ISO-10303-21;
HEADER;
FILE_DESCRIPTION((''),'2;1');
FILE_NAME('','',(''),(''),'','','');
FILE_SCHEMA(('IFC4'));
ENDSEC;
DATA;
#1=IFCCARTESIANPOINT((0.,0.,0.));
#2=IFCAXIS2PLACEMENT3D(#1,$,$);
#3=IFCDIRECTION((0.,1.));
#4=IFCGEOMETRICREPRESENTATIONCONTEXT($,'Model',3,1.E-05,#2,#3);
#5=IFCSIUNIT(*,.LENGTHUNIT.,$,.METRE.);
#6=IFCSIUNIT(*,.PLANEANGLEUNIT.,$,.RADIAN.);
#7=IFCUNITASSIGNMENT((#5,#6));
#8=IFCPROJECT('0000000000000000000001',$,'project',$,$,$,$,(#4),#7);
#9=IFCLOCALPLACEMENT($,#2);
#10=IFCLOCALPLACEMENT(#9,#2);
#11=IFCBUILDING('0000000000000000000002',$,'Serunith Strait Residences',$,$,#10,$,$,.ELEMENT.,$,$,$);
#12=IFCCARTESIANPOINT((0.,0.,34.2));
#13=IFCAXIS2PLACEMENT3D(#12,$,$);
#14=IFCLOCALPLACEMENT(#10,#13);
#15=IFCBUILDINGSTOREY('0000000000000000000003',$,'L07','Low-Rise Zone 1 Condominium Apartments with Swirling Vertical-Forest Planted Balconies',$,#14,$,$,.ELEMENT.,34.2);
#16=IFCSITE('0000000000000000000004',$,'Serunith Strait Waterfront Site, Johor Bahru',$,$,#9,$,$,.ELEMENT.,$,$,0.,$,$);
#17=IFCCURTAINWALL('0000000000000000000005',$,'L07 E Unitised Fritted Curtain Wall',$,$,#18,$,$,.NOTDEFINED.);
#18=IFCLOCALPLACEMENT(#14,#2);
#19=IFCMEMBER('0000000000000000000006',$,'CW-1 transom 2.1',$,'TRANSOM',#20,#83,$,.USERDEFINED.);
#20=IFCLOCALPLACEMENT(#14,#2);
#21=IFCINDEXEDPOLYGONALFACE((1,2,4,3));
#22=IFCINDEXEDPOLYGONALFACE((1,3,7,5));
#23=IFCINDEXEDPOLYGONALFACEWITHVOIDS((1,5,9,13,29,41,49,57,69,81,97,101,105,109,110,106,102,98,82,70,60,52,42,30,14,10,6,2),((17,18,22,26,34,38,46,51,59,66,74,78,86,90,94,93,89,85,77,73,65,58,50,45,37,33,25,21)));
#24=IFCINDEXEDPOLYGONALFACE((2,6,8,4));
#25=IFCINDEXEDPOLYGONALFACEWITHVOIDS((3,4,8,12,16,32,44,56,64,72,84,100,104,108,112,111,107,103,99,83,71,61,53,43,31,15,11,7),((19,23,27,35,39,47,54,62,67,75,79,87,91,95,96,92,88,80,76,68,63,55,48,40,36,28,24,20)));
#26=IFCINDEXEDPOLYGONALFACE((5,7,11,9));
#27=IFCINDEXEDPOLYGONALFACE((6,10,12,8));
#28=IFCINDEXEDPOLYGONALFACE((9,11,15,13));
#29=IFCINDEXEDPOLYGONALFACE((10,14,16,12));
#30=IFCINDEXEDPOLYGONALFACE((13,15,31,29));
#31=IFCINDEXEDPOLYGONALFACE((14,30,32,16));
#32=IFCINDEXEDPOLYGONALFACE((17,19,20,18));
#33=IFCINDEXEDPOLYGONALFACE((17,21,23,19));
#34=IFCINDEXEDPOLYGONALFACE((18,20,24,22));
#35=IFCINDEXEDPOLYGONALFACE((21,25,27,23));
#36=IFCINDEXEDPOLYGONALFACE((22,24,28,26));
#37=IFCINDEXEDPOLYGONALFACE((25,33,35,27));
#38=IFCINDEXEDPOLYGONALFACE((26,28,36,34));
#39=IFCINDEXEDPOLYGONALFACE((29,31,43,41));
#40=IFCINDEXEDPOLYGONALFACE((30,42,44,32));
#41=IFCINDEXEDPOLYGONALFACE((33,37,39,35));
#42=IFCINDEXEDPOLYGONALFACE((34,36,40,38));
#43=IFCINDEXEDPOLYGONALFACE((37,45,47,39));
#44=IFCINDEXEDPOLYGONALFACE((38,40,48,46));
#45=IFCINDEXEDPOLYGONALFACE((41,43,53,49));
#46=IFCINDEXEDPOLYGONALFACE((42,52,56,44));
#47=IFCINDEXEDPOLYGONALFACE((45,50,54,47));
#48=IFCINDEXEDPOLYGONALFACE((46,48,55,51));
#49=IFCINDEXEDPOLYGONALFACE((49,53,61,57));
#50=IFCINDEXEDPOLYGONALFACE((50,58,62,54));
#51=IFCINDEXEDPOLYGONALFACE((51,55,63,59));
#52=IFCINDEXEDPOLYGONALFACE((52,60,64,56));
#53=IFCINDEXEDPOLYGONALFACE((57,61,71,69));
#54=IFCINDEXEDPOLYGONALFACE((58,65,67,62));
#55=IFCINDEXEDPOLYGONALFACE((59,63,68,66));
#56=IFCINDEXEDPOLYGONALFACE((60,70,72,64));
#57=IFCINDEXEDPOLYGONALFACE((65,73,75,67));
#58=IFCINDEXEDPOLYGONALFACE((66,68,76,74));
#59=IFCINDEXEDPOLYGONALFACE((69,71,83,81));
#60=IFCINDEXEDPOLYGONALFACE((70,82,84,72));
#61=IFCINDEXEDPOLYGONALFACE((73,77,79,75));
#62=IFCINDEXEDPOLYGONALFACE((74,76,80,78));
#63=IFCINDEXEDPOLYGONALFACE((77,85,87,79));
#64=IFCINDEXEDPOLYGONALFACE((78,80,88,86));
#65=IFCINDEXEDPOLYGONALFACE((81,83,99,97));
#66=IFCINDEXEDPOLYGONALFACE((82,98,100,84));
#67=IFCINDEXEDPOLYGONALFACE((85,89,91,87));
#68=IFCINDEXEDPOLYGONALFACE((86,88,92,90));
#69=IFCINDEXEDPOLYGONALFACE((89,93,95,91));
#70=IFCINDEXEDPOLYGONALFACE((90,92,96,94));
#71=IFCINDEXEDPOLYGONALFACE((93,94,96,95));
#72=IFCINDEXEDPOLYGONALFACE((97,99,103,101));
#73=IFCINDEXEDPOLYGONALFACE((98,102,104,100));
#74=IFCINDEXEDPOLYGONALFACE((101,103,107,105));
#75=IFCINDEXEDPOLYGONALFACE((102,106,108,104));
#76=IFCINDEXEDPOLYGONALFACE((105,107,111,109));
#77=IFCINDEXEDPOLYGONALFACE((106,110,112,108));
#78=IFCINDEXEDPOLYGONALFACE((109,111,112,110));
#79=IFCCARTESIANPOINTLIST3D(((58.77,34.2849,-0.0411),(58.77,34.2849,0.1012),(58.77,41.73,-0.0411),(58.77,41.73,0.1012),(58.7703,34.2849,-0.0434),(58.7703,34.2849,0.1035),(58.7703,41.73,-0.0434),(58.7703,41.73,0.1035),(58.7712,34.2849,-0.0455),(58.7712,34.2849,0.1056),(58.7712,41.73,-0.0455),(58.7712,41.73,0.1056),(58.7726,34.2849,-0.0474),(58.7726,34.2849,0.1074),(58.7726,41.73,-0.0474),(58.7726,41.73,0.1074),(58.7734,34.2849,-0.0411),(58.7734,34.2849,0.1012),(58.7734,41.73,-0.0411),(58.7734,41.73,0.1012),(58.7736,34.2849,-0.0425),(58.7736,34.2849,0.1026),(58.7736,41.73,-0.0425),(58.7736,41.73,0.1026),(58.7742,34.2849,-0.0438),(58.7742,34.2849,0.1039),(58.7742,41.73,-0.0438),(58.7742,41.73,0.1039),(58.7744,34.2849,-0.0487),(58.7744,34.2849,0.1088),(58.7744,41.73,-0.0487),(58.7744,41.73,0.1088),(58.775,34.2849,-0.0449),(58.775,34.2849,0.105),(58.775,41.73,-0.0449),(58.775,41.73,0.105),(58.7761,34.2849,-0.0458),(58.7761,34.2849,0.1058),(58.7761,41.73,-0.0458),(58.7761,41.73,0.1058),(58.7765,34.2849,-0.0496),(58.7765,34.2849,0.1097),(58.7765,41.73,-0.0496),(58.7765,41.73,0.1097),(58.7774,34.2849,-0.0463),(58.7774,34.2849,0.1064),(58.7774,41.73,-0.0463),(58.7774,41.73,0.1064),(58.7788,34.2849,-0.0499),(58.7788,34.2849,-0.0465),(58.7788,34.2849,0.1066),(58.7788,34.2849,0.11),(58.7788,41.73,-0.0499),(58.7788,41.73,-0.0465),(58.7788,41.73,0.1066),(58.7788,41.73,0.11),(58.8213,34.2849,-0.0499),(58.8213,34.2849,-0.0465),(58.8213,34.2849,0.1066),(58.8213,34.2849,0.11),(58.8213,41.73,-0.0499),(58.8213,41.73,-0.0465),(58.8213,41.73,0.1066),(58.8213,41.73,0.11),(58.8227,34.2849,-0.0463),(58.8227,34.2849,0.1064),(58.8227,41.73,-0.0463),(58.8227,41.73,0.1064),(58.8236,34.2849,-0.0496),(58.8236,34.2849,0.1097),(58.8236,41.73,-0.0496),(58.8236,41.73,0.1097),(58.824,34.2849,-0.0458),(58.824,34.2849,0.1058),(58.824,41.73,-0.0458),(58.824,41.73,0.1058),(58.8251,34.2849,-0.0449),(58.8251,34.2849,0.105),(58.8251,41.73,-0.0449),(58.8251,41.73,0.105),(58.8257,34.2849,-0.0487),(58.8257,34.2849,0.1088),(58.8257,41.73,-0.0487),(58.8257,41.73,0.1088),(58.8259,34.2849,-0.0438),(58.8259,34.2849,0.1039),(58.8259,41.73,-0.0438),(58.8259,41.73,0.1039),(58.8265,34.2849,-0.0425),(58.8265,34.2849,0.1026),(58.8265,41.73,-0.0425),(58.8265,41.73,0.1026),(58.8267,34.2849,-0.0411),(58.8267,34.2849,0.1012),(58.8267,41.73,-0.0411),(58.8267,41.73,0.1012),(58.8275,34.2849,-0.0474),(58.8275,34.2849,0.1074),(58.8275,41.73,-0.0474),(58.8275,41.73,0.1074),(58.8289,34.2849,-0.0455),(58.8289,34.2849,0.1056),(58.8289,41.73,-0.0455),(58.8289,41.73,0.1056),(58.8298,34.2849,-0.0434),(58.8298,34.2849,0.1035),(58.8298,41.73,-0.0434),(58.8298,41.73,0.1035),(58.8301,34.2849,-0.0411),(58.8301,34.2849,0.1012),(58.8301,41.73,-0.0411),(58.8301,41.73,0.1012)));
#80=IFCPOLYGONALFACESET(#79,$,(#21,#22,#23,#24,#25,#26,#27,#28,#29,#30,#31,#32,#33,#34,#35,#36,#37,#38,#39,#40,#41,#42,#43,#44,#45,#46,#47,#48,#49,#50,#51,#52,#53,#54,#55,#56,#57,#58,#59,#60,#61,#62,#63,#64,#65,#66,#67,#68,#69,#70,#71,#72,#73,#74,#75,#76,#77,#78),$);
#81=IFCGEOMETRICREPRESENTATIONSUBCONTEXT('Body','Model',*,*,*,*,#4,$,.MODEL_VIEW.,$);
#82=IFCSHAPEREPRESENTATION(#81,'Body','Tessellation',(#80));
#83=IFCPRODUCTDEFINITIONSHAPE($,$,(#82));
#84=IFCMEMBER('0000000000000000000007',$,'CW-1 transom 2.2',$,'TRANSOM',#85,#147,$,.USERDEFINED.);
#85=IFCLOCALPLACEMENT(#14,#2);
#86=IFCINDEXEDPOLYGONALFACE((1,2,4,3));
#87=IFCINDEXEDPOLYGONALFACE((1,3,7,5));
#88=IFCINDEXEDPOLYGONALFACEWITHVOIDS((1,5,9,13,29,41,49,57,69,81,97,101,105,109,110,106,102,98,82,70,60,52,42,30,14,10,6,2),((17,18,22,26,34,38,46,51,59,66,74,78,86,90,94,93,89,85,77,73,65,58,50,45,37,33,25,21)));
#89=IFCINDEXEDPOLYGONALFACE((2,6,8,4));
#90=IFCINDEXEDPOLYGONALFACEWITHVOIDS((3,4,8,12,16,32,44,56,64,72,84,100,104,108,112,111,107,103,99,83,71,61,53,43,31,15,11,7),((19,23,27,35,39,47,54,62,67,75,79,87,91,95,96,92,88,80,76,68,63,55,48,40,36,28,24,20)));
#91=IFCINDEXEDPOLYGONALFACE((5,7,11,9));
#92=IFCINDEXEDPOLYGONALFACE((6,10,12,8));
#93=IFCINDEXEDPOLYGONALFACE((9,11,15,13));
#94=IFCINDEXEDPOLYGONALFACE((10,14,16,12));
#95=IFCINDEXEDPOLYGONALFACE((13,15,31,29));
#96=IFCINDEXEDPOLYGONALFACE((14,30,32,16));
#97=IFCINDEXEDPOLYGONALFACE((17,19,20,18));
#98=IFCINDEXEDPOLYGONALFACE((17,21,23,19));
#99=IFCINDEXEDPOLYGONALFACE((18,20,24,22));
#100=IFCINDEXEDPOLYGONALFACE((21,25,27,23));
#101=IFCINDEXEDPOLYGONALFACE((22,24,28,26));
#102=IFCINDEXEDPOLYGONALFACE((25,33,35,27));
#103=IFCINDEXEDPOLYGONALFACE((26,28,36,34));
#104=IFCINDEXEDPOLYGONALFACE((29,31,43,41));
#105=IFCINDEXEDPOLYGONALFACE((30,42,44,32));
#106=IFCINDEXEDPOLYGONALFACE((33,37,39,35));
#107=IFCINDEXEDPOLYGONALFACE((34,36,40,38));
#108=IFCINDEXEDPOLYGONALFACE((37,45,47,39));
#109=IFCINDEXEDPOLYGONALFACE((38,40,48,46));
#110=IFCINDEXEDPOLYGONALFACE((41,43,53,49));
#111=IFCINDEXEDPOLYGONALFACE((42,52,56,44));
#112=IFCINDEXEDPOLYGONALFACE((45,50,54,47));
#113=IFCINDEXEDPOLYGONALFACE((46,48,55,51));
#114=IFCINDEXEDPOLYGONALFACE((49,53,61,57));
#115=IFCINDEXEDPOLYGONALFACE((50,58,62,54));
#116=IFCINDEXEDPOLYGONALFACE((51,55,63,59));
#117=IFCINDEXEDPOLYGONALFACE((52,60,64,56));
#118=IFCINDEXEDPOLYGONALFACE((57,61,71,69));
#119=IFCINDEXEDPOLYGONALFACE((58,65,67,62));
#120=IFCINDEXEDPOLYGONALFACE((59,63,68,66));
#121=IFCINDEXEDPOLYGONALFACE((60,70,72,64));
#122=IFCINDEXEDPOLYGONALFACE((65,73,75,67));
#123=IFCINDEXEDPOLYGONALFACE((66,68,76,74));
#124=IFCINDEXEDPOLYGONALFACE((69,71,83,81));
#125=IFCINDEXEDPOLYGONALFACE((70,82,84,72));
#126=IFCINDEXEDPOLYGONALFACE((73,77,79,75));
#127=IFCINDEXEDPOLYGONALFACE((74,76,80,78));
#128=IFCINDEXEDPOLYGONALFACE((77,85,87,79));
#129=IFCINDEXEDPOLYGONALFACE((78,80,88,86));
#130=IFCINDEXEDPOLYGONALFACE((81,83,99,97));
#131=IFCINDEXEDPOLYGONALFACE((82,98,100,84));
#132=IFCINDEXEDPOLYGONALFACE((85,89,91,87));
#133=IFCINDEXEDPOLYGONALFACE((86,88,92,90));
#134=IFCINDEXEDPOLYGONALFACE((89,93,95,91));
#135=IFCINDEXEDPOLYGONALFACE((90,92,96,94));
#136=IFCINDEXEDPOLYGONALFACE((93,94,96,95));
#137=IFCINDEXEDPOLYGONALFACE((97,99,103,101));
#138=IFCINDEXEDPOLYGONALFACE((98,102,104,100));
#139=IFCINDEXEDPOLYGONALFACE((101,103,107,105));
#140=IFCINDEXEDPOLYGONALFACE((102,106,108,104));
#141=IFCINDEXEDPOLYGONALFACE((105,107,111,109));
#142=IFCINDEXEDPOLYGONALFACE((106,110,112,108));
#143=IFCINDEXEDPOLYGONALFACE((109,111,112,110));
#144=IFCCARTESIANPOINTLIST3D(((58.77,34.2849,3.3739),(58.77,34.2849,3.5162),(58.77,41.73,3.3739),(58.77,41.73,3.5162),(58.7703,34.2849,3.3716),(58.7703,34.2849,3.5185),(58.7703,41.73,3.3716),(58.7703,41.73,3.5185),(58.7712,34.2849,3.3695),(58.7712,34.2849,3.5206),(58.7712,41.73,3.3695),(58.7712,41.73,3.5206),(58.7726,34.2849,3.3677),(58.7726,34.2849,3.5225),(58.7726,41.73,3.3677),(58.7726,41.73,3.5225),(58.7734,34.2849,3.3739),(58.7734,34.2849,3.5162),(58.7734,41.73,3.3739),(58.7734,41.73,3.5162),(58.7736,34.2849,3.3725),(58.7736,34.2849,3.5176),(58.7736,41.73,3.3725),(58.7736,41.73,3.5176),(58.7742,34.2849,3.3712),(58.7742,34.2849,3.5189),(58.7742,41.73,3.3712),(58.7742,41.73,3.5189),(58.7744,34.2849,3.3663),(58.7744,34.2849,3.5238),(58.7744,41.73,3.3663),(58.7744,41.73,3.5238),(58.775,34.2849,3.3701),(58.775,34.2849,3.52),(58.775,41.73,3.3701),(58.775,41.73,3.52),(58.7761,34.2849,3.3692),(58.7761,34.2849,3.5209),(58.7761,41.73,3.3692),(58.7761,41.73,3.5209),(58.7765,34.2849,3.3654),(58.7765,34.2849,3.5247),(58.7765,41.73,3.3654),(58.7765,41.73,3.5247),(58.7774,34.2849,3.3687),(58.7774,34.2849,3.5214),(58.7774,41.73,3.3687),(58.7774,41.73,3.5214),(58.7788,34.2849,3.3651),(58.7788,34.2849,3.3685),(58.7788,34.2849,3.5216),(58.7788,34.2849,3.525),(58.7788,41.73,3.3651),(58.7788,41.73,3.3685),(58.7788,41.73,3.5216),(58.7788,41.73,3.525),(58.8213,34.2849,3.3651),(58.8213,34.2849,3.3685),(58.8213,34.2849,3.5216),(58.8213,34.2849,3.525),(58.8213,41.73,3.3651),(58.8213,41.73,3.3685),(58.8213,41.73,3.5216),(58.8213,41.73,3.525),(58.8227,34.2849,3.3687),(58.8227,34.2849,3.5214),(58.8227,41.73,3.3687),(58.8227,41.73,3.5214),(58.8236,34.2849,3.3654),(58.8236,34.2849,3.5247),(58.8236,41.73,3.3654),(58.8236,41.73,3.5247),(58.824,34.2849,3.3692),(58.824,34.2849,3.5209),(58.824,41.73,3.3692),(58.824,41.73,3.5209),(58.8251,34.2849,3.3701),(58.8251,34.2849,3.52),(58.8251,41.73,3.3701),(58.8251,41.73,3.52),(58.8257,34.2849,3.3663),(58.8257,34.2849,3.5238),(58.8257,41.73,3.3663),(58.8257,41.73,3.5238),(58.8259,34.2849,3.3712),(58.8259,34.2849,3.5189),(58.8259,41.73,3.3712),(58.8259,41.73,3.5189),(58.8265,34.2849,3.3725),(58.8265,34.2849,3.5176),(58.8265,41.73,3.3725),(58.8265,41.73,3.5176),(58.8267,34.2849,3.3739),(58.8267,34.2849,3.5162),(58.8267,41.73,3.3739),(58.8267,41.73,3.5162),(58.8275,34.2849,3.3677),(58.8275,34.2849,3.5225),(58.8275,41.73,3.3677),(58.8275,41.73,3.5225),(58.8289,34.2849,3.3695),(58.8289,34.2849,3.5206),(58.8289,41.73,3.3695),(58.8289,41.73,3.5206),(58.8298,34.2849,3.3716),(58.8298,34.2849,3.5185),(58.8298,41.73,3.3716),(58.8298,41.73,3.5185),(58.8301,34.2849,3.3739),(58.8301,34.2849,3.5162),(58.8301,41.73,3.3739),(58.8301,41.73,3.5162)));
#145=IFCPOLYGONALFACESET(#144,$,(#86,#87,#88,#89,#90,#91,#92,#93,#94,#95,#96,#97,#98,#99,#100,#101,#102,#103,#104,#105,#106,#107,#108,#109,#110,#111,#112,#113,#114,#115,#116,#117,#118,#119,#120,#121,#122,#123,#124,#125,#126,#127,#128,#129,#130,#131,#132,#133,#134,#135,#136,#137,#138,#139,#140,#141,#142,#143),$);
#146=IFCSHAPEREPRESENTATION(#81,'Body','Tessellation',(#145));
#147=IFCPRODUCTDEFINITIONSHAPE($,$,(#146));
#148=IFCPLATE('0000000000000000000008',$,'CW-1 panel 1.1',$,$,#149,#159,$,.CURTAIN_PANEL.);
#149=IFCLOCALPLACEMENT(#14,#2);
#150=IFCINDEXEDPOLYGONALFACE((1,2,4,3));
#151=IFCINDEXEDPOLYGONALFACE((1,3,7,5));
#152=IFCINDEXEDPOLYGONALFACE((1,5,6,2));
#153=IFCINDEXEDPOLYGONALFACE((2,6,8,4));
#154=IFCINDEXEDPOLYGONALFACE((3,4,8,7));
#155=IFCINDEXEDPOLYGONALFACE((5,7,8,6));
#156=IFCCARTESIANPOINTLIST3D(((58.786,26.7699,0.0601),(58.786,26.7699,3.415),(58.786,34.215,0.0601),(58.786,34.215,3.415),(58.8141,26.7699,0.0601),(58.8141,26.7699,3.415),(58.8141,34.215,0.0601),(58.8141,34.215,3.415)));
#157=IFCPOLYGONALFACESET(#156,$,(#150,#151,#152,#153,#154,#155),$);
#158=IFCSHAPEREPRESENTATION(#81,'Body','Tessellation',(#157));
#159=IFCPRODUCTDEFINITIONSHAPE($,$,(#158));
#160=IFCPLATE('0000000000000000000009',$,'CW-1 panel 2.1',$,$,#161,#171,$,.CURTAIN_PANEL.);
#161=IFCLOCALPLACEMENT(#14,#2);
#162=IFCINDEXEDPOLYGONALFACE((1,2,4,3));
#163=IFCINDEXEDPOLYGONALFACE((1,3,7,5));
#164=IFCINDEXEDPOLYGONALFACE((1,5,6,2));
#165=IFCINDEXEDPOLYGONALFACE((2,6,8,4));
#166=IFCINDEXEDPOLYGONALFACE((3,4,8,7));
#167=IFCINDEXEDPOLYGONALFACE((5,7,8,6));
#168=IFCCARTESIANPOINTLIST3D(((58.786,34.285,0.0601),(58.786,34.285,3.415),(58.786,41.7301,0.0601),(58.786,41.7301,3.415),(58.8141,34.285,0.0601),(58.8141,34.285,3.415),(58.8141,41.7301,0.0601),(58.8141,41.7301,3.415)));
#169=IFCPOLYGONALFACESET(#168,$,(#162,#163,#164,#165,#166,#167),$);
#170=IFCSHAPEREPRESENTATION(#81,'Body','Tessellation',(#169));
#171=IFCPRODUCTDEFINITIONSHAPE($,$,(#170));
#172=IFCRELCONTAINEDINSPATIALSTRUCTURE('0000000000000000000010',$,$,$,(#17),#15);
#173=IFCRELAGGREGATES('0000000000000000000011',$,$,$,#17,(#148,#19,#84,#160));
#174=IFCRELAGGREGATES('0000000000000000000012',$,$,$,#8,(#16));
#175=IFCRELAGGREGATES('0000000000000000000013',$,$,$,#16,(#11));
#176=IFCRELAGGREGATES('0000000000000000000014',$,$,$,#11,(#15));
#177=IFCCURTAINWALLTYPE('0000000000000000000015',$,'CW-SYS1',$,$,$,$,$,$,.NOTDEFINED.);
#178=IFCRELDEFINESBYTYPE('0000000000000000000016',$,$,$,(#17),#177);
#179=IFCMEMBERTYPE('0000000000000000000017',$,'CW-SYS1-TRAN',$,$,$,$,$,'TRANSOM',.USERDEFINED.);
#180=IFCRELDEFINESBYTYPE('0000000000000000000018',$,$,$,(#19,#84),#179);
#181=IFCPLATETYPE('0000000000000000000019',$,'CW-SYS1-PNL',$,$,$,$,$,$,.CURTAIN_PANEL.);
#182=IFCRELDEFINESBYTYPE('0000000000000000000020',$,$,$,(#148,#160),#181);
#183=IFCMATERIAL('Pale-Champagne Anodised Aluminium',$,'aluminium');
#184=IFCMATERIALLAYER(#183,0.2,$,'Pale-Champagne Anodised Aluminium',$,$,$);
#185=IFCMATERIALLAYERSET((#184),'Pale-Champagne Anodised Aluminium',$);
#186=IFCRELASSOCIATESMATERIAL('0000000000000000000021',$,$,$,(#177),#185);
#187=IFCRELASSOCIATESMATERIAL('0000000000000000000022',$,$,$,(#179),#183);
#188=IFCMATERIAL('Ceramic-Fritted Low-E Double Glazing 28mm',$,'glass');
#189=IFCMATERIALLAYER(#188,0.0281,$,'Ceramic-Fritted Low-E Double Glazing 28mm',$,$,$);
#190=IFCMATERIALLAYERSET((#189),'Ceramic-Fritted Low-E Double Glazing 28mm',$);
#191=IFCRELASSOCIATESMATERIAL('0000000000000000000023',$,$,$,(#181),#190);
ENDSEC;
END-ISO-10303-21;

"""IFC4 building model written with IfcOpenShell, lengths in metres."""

from ifc_helpers import new_model, si_unit, direction, frame, origin, origin_2d, place, context, subcontext, project, spatial, rectangle, hollow_rectangle, extrude, source, transform, mapped, material, layer, layer_set, material_profile, profile_set, type_object, element, aggregate, save


model = new_model("IFC4")

# Units and contexts
model_context = context("Model", 3, precision=1e-05, world=origin(), true_north=direction((0.0, 1.0)))
body_context = subcontext(model_context, "Body", "Model", "MODEL_VIEW")
ifc_project = project(units=[si_unit("LENGTHUNIT", "METRE"), si_unit("PLANEANGLEUNIT", "RADIAN")], contexts=[model_context])

# Site, building, storey
site_placement = place(None, origin())
site = spatial("IfcSite", under=ifc_project, at=site_placement, Name="Serunith Strait Waterfront Site, Johor Bahru", CompositionType="ELEMENT", RefElevation=0.0)
building_placement = place(site_placement, origin())
building = spatial("IfcBuilding", under=site, at=building_placement, Name="Serunith Strait Residences", CompositionType="ELEMENT")
storey_placement = place(building_placement, frame((0.0, 0.0, 34.2)))
storey = spatial("IfcBuildingStorey", under=building, at=storey_placement, Name="L07", Description="Low-Rise Zone 1 Condominium Apartments with Swirling Vertical-Forest Planted Balconies", CompositionType="ELEMENT", Elevation=34.2)

# Curtain wall, members, plates
ifc_material_1 = material(Name="Pale-Champagne Anodised Aluminium", Category="aluminium")
ifc_layer_1 = layer(ifc_material_1, 0.2, Name="Pale-Champagne Anodised Aluminium")
ifc_layer_set_1 = layer_set([ifc_layer_1], Name="Pale-Champagne Anodised Aluminium")
curtain_wall_type = type_object("IfcCurtainWallType", Name="CW-SYS1", PredefinedType="NOTDEFINED", material=ifc_layer_set_1)
curtain_wall_placement = place(storey_placement, origin())
curtain_wall = element("IfcCurtainWall", 1, at=curtain_wall_placement, inside=storey, type_object=curtain_wall_type, Name="L07 E Unitised Fritted Curtain Wall", PredefinedType="NOTDEFINED")
ifc_material_profile_1 = material_profile(ifc_material_1, hollow_rectangle(XDim=0.0601, YDim=0.1599, WallThickness=0.0034, InnerFilletRadius=0.0054, OuterFilletRadius=0.0088, at=origin_2d()), Name="ALU 160x60x3.5")
ifc_profile_set_1 = profile_set([ifc_material_profile_1], Name="Pale-Champagne Anodised Aluminium")
member_type_1 = type_object("IfcMemberType", Name="CW-SYS1-TRAN", ElementType="TRANSOM", PredefinedType="USERDEFINED", material=ifc_profile_set_1)
shared_shape_1 = source(origin(), body_context, "Body", "SweptSolid", [
    extrude(hollow_rectangle(XDim=0.0601, YDim=0.1599, WallThickness=0.0034, InnerFilletRadius=0.0054, OuterFilletRadius=0.0088, at=origin_2d()), origin(), (0.0, 0.0, 1.0), 7.4451),
])
member_1_placement = place(storey_placement, frame((58.8, 34.2849, 0.03), z_axis=(0.0, 1.0, 0.0), x_axis=(-1.0, 0.0, 0.0)))
member_1 = element("IfcMember", 2, at=member_1_placement, type_object=member_type_1, Name="CW-1 transom 2.1", ObjectType="TRANSOM", PredefinedType="USERDEFINED", context=body_context, shape_type="MappedRepresentation", body=[
    mapped(shared_shape_1, transform((0.0, 0.0, 0.0), scale=1.0)),
])
member_2_placement = place(storey_placement, frame((58.8, 34.2849, 3.4451), z_axis=(0.0, 1.0, 0.0), x_axis=(-1.0, 0.0, 0.0)))
member_2 = element("IfcMember", 3, at=member_2_placement, type_object=member_type_1, Name="CW-1 transom 2.2", ObjectType="TRANSOM", PredefinedType="USERDEFINED", context=body_context, shape_type="MappedRepresentation", body=[
    mapped(shared_shape_1, transform((0.0, 0.0, 0.0), scale=1.0)),
])
ifc_material_2 = material(Name="Ceramic-Fritted Low-E Double Glazing 28mm", Category="glass")
ifc_layer_2 = layer(ifc_material_2, 0.0281, Name="Ceramic-Fritted Low-E Double Glazing 28mm")
ifc_layer_set_2 = layer_set([ifc_layer_2], Name="Ceramic-Fritted Low-E Double Glazing 28mm")
plate_type = type_object("IfcPlateType", Name="CW-SYS1-PNL", PredefinedType="CURTAIN_PANEL", material=ifc_layer_set_2)
shared_shape_2 = source(origin(), body_context, "Body", "SweptSolid", [
    extrude(rectangle(XDim=7.4451, YDim=0.0281, at=origin_2d()), origin(), (0.0, 0.0, 1.0), 3.355),
])
plate_1_placement = place(storey_placement, frame((58.8, 30.4924, 0.0601), z_axis=(0.0, 0.0, 1.0), x_axis=(0.0, 1.0, 0.0)))
plate_1 = element("IfcPlate", 4, at=plate_1_placement, type_object=plate_type, Name="CW-1 panel 1.1", PredefinedType="CURTAIN_PANEL", context=body_context, shape_type="MappedRepresentation", body=[
    mapped(shared_shape_2, transform((0.0, 0.0, 0.0), scale=1.0)),
])
plate_2_placement = place(storey_placement, frame((58.8, 38.0076, 0.0601), z_axis=(0.0, 0.0, 1.0), x_axis=(0.0, 1.0, 0.0)))
plate_2 = element("IfcPlate", 5, at=plate_2_placement, type_object=plate_type, Name="CW-1 panel 2.1", PredefinedType="CURTAIN_PANEL", context=body_context, shape_type="MappedRepresentation", body=[
    mapped(shared_shape_2, transform((0.0, 0.0, 0.0), scale=1.0)),
])
aggregate(curtain_wall, [plate_1, member_1, member_2, plate_2])

save(model, "model.ifc")
